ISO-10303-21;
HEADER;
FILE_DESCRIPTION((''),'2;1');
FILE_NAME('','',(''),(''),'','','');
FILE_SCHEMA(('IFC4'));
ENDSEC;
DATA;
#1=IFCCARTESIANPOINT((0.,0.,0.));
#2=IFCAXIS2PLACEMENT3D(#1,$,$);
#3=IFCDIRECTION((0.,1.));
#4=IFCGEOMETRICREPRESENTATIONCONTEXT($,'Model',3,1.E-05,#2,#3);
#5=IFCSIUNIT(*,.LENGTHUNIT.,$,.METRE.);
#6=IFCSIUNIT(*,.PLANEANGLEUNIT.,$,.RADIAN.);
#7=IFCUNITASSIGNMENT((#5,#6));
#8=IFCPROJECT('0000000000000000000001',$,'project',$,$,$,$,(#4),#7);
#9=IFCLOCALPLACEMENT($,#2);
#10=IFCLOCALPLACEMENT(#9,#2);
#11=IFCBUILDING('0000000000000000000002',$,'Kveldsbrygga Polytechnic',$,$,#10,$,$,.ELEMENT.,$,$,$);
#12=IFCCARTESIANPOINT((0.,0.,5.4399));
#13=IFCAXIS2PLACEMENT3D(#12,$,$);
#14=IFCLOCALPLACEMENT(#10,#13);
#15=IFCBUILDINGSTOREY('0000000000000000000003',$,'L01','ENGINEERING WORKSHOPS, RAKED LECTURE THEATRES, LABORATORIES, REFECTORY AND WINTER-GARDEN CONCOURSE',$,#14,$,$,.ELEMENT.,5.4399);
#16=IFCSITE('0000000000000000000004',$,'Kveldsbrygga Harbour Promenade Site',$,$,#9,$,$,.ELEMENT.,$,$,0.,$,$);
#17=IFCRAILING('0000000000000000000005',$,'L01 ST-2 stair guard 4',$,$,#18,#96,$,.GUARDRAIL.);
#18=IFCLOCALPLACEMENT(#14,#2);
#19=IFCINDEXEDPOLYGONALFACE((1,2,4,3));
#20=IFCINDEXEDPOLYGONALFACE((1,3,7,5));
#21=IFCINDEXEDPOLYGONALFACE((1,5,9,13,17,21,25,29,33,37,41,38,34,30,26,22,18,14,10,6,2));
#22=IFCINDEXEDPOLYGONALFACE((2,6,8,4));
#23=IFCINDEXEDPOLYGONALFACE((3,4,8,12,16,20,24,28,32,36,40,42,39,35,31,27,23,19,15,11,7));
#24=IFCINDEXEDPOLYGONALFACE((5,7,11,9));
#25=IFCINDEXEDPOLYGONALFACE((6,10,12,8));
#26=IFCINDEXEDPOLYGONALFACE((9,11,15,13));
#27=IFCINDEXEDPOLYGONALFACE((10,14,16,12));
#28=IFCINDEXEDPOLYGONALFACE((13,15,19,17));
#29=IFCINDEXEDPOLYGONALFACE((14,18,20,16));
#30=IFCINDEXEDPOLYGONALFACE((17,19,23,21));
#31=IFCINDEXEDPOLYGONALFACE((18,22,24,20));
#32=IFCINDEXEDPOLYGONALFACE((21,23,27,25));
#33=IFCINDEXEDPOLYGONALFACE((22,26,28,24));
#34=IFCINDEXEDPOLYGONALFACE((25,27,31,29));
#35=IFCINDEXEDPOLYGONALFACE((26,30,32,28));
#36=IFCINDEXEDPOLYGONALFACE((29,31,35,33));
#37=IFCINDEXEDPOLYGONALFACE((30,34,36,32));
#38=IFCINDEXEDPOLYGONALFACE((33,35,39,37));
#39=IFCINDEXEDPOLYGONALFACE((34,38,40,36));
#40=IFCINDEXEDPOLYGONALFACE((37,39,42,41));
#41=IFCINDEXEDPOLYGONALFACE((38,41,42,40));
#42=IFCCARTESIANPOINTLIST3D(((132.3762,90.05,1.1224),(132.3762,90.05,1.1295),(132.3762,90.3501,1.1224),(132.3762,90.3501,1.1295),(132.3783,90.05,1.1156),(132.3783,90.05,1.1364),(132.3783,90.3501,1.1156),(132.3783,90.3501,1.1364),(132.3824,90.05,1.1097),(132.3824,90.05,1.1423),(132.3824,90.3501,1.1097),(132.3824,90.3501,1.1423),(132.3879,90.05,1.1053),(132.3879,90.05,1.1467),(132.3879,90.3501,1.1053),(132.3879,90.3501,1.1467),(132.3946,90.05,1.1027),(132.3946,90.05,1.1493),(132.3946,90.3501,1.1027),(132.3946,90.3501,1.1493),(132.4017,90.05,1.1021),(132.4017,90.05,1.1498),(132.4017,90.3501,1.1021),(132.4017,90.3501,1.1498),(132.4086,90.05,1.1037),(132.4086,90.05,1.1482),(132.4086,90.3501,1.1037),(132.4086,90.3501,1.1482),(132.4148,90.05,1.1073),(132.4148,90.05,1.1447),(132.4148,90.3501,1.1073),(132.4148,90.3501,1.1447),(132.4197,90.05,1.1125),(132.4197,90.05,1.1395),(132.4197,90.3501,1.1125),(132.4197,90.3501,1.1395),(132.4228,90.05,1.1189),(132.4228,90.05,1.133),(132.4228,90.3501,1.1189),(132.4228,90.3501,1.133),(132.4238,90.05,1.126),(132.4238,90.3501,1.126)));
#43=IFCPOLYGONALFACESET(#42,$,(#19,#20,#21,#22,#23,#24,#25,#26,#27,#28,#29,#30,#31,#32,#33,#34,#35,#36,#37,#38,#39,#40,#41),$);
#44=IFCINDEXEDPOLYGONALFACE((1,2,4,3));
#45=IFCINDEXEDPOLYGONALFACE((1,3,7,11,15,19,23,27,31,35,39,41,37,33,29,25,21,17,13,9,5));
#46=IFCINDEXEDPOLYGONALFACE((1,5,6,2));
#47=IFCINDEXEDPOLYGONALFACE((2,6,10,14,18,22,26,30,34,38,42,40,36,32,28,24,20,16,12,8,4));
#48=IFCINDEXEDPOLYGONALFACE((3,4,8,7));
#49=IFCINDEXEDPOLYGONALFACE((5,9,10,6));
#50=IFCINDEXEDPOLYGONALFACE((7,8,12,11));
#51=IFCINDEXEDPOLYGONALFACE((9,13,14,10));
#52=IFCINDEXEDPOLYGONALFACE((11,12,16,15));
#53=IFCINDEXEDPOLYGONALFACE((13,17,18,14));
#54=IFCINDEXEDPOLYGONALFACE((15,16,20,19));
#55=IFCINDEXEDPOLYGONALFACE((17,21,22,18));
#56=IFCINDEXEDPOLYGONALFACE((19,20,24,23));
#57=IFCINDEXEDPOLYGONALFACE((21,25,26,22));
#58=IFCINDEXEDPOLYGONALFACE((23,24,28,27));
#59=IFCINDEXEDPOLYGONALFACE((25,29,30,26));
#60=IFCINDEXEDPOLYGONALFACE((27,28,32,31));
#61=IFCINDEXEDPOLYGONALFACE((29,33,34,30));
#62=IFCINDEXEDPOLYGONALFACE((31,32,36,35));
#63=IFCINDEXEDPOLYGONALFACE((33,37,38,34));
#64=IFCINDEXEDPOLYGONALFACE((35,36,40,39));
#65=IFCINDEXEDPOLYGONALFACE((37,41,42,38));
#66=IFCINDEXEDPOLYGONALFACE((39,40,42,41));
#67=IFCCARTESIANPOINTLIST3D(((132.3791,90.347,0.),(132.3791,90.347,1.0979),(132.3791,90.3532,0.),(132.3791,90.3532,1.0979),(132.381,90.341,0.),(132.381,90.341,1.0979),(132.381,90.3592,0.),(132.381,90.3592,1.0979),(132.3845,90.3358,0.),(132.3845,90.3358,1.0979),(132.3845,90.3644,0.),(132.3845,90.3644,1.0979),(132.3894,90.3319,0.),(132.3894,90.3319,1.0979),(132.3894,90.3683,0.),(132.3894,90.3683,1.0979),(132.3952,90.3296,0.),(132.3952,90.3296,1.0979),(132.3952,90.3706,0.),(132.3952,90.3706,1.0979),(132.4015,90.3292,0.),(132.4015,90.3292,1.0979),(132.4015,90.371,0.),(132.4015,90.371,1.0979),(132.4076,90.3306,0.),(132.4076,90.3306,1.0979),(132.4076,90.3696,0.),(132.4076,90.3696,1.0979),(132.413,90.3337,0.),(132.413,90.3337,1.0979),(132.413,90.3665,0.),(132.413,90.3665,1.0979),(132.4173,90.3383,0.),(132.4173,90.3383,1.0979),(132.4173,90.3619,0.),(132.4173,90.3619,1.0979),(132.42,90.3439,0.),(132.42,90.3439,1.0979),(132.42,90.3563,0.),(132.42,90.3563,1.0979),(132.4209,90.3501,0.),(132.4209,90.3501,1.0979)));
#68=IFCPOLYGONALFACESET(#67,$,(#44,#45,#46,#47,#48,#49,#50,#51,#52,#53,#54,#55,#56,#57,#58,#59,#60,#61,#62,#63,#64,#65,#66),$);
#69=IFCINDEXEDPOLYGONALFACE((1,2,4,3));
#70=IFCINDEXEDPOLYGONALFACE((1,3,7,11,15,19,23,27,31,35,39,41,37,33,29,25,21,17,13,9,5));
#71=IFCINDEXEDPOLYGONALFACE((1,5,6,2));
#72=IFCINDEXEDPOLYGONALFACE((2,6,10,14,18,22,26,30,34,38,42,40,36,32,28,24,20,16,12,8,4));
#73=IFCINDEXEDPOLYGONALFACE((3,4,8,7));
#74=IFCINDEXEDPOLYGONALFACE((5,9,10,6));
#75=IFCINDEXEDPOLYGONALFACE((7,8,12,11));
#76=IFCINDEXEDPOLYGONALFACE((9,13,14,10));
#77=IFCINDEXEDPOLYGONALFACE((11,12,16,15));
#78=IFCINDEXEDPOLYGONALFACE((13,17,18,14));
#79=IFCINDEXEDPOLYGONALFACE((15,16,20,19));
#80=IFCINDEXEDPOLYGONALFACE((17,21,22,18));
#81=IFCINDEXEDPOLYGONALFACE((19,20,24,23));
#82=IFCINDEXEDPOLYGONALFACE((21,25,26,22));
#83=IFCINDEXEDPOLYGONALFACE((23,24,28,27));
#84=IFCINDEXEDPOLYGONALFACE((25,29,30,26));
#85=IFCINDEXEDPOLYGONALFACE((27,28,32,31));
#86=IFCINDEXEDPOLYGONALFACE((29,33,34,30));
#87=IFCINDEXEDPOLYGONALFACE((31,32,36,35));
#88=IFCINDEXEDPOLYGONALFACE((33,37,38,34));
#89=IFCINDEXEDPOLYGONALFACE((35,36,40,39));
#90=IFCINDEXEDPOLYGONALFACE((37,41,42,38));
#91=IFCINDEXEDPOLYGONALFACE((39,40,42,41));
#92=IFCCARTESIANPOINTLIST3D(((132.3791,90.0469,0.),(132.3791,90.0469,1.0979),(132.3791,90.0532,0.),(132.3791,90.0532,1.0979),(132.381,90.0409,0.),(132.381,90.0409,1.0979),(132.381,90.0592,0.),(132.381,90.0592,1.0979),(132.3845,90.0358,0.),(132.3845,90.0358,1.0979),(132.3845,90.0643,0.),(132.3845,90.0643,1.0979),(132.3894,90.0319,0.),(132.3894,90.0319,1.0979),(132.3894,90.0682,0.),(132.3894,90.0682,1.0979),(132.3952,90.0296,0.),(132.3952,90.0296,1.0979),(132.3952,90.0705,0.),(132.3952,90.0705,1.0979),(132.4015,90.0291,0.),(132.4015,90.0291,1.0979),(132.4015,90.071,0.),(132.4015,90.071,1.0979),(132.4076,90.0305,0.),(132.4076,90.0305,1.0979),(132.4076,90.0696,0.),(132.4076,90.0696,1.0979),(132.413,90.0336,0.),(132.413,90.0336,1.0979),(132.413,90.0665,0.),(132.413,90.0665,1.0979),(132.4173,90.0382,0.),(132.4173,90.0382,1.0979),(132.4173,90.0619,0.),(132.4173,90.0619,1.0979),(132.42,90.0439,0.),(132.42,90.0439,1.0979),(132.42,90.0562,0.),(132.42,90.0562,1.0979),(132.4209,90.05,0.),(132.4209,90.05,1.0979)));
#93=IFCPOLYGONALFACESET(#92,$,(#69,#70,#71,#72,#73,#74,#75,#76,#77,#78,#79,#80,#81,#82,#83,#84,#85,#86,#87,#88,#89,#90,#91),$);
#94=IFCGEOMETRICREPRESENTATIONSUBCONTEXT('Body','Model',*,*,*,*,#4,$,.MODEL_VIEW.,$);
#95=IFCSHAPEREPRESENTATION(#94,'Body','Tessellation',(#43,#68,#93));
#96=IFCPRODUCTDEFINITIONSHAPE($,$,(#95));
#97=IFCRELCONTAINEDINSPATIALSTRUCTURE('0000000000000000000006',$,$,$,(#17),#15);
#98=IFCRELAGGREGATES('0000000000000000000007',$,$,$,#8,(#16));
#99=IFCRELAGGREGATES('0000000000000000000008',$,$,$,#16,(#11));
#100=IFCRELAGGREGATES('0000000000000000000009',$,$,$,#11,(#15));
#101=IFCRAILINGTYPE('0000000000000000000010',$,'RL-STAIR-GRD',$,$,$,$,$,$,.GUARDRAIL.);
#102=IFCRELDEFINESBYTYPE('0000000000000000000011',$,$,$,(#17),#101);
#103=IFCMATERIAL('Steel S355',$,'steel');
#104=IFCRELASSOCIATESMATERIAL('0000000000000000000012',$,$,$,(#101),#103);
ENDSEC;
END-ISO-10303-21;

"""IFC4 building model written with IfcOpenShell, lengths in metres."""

from ifc_helpers import new_model, si_unit, direction, frame, origin, origin_2d, place, context, subcontext, project, spatial, circle, extrude, material, type_object, element, save


model = new_model("IFC4")

# Units and contexts
model_context = context("Model", 3, precision=1e-05, world=origin(), true_north=direction((0.0, 1.0)))
body_context = subcontext(model_context, "Body", "Model", "MODEL_VIEW")
ifc_project = project(units=[si_unit("LENGTHUNIT", "METRE"), si_unit("PLANEANGLEUNIT", "RADIAN")], contexts=[model_context])

# Site, building, storey
site_placement = place(None, origin())
site = spatial("IfcSite", under=ifc_project, at=site_placement, Name="Kveldsbrygga Harbour Promenade Site", CompositionType="ELEMENT", RefElevation=0.0)
building_placement = place(site_placement, origin())
building = spatial("IfcBuilding", under=site, at=building_placement, Name="Kveldsbrygga Polytechnic", CompositionType="ELEMENT")
storey_placement = place(building_placement, frame((0.0, 0.0, 5.4399)))
storey = spatial("IfcBuildingStorey", under=building, at=storey_placement, Name="L01", Description="ENGINEERING WORKSHOPS, RAKED LECTURE THEATRES, LABORATORIES, REFECTORY AND WINTER-GARDEN CONCOURSE", CompositionType="ELEMENT", Elevation=5.4399)

# Shared definitions
ifc_material_1 = material(Name="Steel S355", Category="steel")

# Railing
railing_type_1 = type_object("IfcRailingType", Name="RL-STAIR-GRD", PredefinedType="GUARDRAIL", material=ifc_material_1)
railing_1_placement = place(storey_placement, frame((132.3999, 90.3501, 0.0)))
element("IfcRailing", 1, at=railing_1_placement, inside=storey, type_object=railing_type_1, Name="L01 ST-2 stair guard 4", PredefinedType="GUARDRAIL", context=body_context, shape_type="SweptSolid", body=[
    extrude(circle(Radius=0.0239, at=origin_2d()), frame((0.0, 0.0, 1.126), z_axis=(0.0, -1.0, 0.0), x_axis=(1.0, 0.0, 0.0)), (0.0, 0.0, 1.0), 0.3),
    extrude(circle(Radius=0.021, at=origin_2d()), origin(), (0.0, 0.0, 1.0), 1.0979),
    extrude(circle(Radius=0.021, at=origin_2d()), frame((0.0, -0.3, 0.0)), (0.0, 0.0, 1.0), 1.0979),
])

save(model, "model.ifc")
